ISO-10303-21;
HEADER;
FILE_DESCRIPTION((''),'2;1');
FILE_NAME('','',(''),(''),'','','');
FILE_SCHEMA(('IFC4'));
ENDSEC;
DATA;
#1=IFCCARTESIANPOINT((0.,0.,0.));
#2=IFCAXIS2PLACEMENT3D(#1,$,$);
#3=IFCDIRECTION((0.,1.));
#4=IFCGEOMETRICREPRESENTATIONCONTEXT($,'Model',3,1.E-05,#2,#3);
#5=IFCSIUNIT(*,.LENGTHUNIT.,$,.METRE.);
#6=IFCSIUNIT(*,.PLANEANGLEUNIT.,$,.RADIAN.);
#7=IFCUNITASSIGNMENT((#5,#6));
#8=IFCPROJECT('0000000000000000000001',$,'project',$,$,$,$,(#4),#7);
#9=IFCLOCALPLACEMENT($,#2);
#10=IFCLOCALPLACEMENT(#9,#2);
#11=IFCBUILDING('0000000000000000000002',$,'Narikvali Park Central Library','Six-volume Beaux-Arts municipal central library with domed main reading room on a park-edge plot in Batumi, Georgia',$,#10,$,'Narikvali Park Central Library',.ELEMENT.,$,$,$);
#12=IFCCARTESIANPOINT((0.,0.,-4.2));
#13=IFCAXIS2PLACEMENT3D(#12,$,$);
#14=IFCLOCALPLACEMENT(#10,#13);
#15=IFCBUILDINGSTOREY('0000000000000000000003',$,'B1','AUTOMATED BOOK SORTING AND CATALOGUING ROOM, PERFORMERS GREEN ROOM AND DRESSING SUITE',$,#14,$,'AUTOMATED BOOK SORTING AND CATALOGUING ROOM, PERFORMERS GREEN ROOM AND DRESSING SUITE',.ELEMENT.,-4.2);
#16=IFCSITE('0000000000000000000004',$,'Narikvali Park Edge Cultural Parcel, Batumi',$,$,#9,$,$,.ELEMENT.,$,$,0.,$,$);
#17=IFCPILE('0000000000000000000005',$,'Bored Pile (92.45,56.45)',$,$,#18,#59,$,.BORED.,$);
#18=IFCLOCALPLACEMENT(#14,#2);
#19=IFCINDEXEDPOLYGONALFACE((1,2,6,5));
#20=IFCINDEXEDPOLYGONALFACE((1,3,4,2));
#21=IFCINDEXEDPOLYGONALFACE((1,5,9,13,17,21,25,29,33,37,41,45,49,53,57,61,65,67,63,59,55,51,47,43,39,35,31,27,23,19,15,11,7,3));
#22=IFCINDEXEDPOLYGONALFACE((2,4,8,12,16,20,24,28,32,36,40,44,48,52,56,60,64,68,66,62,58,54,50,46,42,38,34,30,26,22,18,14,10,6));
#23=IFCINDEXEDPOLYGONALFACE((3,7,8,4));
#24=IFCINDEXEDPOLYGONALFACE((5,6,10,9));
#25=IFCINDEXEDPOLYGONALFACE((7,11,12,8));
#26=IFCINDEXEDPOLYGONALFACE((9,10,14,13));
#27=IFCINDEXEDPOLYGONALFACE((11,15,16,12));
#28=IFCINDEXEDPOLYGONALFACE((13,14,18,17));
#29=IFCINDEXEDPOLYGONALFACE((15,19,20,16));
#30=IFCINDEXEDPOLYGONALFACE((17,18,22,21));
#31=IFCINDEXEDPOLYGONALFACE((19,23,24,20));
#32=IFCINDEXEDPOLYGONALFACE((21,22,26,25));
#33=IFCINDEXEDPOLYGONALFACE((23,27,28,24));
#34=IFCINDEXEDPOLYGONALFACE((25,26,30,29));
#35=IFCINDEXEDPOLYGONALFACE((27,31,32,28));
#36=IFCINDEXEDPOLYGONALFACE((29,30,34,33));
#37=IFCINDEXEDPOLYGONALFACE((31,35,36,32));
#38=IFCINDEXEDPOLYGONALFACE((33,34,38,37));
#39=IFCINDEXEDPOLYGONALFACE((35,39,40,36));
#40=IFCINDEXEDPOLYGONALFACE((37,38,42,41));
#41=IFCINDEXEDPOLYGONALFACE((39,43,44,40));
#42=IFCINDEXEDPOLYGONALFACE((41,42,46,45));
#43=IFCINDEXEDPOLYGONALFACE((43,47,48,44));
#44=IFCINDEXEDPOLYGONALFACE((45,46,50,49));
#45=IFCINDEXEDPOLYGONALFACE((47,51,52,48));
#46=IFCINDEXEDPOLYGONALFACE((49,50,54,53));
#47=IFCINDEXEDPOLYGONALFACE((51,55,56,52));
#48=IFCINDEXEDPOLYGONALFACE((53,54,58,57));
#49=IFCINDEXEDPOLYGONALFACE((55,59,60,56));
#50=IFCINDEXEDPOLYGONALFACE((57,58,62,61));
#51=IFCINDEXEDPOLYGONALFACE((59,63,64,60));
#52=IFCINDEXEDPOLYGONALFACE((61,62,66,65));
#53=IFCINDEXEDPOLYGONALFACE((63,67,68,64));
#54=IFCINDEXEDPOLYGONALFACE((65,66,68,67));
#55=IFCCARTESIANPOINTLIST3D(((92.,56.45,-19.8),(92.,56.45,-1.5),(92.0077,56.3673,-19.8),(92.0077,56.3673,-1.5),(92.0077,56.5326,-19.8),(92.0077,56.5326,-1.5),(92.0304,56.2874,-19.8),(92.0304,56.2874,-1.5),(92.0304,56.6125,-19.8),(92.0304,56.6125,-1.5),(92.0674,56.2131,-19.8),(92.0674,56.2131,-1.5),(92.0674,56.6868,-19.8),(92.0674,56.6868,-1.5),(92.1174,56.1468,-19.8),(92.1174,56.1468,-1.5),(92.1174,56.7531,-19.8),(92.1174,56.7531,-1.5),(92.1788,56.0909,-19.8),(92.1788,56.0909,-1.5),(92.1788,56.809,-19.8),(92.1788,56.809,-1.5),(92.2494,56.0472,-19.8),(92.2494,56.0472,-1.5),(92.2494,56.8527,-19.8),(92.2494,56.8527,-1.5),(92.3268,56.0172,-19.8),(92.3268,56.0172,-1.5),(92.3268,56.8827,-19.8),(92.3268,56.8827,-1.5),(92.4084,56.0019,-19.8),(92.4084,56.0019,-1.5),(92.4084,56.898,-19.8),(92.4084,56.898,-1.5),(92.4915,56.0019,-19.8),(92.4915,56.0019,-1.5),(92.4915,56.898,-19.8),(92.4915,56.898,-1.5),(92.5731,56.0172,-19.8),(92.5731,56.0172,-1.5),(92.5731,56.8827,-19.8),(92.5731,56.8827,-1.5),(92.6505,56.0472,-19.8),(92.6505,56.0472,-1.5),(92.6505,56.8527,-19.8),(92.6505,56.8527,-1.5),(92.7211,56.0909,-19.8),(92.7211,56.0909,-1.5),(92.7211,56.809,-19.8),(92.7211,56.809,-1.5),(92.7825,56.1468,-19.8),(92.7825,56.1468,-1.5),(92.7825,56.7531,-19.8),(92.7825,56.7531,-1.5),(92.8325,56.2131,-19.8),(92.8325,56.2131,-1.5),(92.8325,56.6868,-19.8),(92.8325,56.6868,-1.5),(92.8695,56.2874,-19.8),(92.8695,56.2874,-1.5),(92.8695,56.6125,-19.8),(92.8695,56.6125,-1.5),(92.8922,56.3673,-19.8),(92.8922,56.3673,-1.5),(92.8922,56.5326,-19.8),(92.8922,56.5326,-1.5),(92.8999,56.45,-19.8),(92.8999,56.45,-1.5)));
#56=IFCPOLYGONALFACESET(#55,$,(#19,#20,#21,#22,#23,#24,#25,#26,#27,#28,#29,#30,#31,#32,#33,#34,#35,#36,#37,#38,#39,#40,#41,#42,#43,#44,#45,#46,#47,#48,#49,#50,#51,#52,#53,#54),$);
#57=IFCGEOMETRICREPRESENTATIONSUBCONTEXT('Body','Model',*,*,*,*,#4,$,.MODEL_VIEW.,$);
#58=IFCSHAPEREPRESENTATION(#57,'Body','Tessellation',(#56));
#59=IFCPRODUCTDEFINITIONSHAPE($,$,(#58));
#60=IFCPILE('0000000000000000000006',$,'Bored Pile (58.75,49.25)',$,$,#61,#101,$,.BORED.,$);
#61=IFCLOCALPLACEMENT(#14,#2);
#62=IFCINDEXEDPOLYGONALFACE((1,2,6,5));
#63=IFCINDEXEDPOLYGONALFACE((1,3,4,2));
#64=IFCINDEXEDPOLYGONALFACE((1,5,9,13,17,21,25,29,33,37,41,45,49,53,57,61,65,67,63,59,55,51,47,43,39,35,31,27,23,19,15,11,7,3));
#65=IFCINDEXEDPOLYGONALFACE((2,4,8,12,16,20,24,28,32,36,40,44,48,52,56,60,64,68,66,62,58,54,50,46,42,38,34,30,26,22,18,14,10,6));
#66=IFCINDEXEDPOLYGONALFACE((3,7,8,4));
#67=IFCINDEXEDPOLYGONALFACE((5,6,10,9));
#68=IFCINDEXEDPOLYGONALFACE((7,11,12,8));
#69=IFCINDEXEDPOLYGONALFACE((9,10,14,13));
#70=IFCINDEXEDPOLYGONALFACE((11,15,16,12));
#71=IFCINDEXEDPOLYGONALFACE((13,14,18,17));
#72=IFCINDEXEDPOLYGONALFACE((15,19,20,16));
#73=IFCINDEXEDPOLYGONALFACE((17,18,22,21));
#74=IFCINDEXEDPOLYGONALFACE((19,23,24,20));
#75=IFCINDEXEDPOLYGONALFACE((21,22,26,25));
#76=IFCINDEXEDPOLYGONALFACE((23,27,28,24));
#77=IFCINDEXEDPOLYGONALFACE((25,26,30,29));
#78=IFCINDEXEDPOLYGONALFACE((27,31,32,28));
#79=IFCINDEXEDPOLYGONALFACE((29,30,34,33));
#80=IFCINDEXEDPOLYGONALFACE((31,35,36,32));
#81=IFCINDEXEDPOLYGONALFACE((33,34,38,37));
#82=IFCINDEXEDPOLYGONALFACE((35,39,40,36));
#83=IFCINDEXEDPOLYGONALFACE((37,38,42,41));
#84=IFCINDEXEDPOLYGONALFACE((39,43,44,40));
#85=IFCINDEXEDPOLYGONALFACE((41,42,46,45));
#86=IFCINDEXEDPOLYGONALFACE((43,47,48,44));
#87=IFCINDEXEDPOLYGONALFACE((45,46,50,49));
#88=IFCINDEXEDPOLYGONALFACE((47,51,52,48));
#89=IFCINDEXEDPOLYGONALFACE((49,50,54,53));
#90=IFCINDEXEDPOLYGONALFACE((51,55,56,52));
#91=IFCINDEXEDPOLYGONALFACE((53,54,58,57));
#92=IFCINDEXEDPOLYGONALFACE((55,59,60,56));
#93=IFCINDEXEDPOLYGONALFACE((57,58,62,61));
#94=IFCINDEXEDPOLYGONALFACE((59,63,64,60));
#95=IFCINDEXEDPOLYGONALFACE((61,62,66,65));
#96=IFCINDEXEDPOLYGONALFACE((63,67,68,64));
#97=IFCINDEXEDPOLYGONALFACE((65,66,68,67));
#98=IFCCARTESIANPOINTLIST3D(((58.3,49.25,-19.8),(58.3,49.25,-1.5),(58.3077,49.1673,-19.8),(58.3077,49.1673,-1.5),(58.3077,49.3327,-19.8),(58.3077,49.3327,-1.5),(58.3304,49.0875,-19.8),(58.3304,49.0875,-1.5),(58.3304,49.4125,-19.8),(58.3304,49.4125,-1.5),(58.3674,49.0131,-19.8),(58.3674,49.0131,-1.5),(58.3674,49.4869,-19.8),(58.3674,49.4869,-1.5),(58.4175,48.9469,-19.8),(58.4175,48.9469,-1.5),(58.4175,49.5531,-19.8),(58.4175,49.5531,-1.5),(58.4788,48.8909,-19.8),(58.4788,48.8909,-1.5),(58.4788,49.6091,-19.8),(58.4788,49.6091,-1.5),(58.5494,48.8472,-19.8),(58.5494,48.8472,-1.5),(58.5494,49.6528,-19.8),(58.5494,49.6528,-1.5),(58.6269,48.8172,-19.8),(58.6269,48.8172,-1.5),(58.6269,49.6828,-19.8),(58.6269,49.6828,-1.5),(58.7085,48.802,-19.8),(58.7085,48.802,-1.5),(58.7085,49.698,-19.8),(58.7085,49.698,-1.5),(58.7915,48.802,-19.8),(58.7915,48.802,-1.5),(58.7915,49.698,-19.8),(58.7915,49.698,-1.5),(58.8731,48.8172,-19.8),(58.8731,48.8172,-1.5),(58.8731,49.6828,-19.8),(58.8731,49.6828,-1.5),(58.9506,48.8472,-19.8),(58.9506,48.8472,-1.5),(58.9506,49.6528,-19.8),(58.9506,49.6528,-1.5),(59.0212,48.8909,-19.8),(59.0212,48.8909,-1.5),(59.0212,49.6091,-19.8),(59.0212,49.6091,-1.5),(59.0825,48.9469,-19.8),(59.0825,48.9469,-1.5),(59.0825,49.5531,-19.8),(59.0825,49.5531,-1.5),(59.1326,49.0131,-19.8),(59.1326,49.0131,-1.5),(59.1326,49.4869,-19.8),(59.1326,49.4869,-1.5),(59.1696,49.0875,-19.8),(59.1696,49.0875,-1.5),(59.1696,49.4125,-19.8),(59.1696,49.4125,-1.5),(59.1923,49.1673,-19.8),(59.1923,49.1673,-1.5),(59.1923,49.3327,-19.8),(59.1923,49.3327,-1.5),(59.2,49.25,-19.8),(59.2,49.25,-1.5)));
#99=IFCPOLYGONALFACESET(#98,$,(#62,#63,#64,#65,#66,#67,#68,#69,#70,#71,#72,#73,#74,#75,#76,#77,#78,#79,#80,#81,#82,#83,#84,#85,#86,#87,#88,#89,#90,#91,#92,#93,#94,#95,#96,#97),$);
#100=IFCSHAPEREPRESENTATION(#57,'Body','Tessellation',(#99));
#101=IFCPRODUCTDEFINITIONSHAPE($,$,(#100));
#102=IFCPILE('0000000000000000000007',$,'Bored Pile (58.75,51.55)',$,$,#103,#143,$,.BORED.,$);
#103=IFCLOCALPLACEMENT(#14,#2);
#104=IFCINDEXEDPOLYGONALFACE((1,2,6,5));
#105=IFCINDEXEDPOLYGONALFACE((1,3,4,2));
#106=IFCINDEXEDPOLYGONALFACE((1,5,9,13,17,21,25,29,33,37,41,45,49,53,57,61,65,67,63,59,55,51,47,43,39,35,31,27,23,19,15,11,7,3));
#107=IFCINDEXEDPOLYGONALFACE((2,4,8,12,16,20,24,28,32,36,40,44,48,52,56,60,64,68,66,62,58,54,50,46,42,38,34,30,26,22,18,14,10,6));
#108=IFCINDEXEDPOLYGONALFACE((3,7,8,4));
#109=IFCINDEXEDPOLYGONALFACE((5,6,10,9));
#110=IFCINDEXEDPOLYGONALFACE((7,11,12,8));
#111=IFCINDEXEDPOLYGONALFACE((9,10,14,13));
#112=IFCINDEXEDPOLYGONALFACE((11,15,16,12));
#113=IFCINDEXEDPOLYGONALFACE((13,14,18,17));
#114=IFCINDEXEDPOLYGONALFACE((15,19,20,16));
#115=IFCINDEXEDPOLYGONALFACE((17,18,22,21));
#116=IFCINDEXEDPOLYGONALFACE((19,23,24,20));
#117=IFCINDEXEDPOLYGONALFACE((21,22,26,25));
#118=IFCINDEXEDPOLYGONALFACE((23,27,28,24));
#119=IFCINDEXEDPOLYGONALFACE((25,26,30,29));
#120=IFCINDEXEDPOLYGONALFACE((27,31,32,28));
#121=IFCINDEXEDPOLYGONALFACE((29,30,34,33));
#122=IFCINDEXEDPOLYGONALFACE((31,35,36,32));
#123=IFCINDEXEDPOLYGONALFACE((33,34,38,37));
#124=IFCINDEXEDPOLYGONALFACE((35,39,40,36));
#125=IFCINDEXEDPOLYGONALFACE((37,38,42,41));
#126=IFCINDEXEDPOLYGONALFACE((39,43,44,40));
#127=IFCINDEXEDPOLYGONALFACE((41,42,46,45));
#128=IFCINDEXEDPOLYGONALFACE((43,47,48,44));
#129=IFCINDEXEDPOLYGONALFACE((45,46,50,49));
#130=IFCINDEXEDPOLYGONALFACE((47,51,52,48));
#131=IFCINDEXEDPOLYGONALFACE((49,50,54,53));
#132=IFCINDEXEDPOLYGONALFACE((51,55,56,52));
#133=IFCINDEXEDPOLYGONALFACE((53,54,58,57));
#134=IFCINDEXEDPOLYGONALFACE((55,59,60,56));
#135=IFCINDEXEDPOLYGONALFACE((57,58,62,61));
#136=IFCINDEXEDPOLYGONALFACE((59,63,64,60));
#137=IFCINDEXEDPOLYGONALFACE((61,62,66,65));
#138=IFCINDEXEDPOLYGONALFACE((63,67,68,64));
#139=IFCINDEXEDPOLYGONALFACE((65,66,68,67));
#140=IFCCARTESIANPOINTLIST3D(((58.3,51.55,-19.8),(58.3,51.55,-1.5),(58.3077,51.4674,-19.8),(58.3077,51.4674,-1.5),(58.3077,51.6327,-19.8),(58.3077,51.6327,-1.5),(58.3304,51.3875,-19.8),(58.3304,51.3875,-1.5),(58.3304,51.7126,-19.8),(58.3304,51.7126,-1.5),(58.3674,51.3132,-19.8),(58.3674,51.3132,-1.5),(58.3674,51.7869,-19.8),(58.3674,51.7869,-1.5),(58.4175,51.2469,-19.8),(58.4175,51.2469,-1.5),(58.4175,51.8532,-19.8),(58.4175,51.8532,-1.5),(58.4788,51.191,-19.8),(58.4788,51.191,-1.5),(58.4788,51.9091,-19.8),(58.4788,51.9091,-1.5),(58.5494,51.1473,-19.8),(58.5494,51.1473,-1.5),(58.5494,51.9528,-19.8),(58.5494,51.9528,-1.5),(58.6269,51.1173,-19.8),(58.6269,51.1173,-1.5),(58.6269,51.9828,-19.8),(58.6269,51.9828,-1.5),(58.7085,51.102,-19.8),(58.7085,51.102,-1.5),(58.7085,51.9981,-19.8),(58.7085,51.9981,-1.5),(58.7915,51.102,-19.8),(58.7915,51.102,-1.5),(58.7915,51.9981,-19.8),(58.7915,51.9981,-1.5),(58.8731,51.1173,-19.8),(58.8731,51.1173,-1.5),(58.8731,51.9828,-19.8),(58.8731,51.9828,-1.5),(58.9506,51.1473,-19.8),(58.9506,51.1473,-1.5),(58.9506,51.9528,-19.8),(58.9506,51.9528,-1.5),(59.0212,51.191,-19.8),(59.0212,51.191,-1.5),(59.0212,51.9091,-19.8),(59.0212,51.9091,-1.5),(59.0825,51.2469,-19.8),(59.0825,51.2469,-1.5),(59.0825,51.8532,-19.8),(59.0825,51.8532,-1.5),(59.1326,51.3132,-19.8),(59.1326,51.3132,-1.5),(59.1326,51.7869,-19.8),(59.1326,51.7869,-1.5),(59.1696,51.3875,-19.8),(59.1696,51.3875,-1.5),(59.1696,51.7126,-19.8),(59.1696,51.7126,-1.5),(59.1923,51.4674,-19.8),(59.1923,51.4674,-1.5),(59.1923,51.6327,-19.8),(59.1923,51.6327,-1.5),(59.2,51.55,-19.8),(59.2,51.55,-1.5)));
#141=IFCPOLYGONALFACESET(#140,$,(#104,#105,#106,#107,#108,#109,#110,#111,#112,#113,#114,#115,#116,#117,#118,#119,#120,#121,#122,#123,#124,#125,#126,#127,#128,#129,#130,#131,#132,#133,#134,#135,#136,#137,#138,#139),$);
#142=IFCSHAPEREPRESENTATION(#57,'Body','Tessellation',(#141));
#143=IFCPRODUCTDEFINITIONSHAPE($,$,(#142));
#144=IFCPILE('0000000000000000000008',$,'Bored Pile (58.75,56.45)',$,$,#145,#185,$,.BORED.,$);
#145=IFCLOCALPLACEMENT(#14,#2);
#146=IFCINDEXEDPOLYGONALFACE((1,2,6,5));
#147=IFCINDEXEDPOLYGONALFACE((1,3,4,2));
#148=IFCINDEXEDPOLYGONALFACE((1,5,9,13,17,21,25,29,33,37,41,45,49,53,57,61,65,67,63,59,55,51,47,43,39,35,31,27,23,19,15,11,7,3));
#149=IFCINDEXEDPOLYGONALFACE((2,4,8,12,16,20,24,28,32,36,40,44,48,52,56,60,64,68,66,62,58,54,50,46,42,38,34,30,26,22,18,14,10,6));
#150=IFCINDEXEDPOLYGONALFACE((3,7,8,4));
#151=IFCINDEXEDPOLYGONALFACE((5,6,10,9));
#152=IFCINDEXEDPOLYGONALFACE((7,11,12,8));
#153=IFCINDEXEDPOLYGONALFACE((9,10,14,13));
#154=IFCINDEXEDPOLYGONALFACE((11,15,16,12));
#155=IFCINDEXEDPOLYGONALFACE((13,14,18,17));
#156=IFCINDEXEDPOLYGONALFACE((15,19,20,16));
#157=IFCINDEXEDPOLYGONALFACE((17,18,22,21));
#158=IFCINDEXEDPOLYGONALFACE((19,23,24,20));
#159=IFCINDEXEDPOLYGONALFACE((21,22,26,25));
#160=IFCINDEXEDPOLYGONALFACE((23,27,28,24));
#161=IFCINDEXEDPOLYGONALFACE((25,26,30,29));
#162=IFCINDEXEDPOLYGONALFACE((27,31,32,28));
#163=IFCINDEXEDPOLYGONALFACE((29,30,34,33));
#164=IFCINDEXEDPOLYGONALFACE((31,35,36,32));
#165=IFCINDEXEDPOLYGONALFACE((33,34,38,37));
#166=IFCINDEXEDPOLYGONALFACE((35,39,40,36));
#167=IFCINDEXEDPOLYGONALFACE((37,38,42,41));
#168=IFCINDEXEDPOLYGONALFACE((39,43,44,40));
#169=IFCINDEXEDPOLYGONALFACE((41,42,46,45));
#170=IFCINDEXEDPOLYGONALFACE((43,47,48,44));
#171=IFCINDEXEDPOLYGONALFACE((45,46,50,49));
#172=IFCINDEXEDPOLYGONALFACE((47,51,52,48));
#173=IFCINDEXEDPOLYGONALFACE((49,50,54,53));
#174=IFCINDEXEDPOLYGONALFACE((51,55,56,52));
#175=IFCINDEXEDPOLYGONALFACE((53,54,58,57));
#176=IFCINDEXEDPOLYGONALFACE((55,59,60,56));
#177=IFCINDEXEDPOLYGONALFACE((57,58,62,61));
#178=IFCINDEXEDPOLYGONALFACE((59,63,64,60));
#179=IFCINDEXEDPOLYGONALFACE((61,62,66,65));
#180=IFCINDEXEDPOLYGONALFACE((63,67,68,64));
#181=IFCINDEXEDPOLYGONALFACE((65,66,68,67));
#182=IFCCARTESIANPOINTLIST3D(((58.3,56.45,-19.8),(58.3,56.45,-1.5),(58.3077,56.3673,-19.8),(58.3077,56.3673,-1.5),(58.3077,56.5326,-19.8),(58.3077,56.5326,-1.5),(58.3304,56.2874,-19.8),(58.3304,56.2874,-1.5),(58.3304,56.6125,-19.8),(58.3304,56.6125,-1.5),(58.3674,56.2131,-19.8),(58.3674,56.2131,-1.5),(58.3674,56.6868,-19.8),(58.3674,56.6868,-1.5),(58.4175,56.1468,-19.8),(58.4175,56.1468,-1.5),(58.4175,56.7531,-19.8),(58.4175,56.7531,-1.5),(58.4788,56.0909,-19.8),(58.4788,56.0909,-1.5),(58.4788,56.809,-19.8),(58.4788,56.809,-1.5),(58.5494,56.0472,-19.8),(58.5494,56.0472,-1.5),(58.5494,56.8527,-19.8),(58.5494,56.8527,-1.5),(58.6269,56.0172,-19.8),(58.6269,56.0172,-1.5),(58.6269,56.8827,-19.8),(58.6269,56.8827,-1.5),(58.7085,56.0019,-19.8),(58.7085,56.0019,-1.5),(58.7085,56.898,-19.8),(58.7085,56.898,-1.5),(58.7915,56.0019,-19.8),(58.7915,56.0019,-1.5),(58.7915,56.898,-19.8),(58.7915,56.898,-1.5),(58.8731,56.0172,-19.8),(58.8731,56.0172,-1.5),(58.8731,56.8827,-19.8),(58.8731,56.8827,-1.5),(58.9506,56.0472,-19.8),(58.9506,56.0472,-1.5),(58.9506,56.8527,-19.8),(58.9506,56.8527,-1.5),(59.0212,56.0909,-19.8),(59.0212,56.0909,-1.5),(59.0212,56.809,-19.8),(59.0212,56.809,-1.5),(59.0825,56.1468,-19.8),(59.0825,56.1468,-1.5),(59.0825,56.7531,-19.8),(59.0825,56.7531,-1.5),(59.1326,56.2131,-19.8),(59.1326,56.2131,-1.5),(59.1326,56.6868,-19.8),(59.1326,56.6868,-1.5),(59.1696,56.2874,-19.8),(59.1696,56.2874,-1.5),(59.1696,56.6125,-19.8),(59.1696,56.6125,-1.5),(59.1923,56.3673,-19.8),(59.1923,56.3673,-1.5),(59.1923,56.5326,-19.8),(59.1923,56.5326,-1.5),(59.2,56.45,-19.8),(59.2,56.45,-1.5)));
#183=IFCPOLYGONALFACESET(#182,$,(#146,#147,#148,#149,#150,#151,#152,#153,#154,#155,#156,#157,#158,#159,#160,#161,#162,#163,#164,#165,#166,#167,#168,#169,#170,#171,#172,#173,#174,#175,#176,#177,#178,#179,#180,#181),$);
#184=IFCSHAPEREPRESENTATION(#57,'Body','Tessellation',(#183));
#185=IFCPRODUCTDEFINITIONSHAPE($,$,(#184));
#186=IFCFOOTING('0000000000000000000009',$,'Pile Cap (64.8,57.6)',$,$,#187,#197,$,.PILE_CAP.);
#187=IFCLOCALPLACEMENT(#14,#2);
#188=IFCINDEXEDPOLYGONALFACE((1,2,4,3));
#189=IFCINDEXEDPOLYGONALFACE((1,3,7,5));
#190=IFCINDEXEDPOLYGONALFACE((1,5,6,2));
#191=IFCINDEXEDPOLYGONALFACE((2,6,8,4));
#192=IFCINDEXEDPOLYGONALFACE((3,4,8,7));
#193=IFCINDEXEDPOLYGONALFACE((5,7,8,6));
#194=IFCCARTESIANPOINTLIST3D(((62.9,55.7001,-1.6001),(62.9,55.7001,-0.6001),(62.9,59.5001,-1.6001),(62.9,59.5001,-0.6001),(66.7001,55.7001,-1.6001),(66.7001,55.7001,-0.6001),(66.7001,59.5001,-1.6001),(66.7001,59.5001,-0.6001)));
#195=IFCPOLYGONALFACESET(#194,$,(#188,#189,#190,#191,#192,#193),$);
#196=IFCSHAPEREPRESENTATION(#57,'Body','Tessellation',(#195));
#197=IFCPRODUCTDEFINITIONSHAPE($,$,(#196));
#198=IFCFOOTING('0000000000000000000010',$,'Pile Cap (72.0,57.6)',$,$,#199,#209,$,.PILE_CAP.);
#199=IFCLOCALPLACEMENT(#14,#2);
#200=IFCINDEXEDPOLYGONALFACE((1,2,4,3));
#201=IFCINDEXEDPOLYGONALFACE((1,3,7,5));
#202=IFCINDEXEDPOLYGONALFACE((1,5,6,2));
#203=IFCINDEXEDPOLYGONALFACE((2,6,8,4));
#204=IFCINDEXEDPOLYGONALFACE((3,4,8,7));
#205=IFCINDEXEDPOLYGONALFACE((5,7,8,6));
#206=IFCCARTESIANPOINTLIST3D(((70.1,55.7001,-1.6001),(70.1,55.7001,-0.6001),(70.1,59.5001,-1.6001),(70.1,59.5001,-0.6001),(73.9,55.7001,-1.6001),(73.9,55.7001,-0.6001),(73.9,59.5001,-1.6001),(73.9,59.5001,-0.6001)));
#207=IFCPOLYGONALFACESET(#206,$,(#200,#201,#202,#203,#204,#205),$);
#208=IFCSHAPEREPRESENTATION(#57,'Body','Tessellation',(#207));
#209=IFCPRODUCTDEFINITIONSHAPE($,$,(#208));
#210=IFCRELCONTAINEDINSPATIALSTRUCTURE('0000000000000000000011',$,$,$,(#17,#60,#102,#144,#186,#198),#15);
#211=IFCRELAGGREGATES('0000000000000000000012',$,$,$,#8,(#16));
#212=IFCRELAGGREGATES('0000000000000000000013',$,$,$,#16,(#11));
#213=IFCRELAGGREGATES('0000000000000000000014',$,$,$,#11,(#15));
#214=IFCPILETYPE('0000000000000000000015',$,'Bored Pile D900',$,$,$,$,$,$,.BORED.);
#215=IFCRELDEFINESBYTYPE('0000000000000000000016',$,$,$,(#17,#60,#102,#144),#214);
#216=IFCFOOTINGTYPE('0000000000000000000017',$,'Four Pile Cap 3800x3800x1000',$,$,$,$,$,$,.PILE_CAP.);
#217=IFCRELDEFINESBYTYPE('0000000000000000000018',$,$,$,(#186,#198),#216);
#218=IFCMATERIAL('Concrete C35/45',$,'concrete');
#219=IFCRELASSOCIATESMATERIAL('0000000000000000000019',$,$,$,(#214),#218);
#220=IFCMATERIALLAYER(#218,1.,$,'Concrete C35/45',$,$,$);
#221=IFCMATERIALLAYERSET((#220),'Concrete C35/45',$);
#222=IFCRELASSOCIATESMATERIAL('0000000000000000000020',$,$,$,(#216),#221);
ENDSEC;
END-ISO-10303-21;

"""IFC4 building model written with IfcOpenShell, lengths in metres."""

from ifc_helpers import new_model, si_unit, direction, frame, origin, origin_2d, place, context, subcontext, project, spatial, rectangle, circle, extrude, material, layer, layer_set, material_profile, profile_set, type_object, element, save


model = new_model("IFC4")

# Units and contexts
model_context = context("Model", 3, precision=1e-05, world=origin(), true_north=direction((0.0, 1.0)))
body_context = subcontext(model_context, "Body", "Model", "MODEL_VIEW")
ifc_project = project(units=[si_unit("LENGTHUNIT", "METRE"), si_unit("PLANEANGLEUNIT", "RADIAN")], contexts=[model_context])

# Site, building, storey
site_placement = place(None, origin())
site = spatial("IfcSite", under=ifc_project, at=site_placement, Name="Narikvali Park Edge Cultural Parcel, Batumi", CompositionType="ELEMENT", RefElevation=0.0)
building_placement = place(site_placement, origin())
building = spatial("IfcBuilding", under=site, at=building_placement, Name="Narikvali Park Central Library", Description="Six-volume Beaux-Arts municipal central library with domed main reading room on a park-edge plot in Batumi, Georgia", LongName="Narikvali Park Central Library", CompositionType="ELEMENT")
storey_placement = place(building_placement, frame((0.0, 0.0, -4.2)))
storey = spatial("IfcBuildingStorey", under=building, at=storey_placement, Name="B1", Description="AUTOMATED BOOK SORTING AND CATALOGUING ROOM, PERFORMERS GREEN ROOM AND DRESSING SUITE", LongName="AUTOMATED BOOK SORTING AND CATALOGUING ROOM, PERFORMERS GREEN ROOM AND DRESSING SUITE", CompositionType="ELEMENT", Elevation=-4.2)

# Piles
ifc_material_1 = material(Name="Concrete C35/45", Category="concrete")
ifc_material_profile_1 = material_profile(ifc_material_1, circle(Radius=0.45, at=origin_2d()), Name="PILE D900")
ifc_profile_set_1 = profile_set([ifc_material_profile_1], Name="Concrete C35/45")
pile_type = type_object("IfcPileType", Name="Bored Pile D900", PredefinedType="BORED", material=ifc_profile_set_1)
for number, where, z_axis, x_axis, name in (
    (1, (92.45, 56.45, -1.5), (0.0, 0.0, -1.0), (1.0, 0.0, 0.0), "Bored Pile (92.45,56.45)"),
    (2, (58.75, 49.25, -1.5), (0.0, 0.0, -1.0), (1.0, 0.0, 0.0), "Bored Pile (58.75,49.25)"),
    (3, (58.75, 51.55, -1.5), (0.0, 0.0, -1.0), (1.0, 0.0, 0.0), "Bored Pile (58.75,51.55)"),
    (4, (58.75, 56.45, -1.5), (0.0, 0.0, -1.0), (1.0, 0.0, 0.0), "Bored Pile (58.75,56.45)"),
):
    element("IfcPile", number, at=place(storey_placement, frame(where, z_axis=z_axis, x_axis=x_axis)), inside=storey, type_object=pile_type, Name=name, PredefinedType="BORED", context=body_context, shape_type="SweptSolid", body=[
        extrude(circle(Radius=0.45, at=origin_2d()), origin(), (0.0, 0.0, 1.0), 18.3),
    ])

# Footings
ifc_layer_1 = layer(ifc_material_1, 1.0, Name="Concrete C35/45")
ifc_layer_set_1 = layer_set([ifc_layer_1], Name="Concrete C35/45")
footing_type_1 = type_object("IfcFootingType", Name="Four Pile Cap 3800x3800x1000", PredefinedType="PILE_CAP", material=ifc_layer_set_1)
for number, where, z_axis, x_axis, name in (
    (5, (64.8, 57.6001, -1.6001), (0.0, 0.0, 1.0), (1.0, 0.0, 0.0), "Pile Cap (64.8,57.6)"),
    (6, (72.0, 57.6001, -1.6001), (0.0, 0.0, 1.0), (1.0, 0.0, 0.0), "Pile Cap (72.0,57.6)"),
):
    element("IfcFooting", number, at=place(storey_placement, frame(where, z_axis=z_axis, x_axis=x_axis)), inside=storey, type_object=footing_type_1, Name=name, PredefinedType="PILE_CAP", context=body_context, shape_type="SweptSolid", body=[
        extrude(rectangle(XDim=3.8, YDim=3.8, at=origin_2d()), origin(), (0.0, 0.0, 1.0), 1.0),
    ])

save(model, "model.ifc")
